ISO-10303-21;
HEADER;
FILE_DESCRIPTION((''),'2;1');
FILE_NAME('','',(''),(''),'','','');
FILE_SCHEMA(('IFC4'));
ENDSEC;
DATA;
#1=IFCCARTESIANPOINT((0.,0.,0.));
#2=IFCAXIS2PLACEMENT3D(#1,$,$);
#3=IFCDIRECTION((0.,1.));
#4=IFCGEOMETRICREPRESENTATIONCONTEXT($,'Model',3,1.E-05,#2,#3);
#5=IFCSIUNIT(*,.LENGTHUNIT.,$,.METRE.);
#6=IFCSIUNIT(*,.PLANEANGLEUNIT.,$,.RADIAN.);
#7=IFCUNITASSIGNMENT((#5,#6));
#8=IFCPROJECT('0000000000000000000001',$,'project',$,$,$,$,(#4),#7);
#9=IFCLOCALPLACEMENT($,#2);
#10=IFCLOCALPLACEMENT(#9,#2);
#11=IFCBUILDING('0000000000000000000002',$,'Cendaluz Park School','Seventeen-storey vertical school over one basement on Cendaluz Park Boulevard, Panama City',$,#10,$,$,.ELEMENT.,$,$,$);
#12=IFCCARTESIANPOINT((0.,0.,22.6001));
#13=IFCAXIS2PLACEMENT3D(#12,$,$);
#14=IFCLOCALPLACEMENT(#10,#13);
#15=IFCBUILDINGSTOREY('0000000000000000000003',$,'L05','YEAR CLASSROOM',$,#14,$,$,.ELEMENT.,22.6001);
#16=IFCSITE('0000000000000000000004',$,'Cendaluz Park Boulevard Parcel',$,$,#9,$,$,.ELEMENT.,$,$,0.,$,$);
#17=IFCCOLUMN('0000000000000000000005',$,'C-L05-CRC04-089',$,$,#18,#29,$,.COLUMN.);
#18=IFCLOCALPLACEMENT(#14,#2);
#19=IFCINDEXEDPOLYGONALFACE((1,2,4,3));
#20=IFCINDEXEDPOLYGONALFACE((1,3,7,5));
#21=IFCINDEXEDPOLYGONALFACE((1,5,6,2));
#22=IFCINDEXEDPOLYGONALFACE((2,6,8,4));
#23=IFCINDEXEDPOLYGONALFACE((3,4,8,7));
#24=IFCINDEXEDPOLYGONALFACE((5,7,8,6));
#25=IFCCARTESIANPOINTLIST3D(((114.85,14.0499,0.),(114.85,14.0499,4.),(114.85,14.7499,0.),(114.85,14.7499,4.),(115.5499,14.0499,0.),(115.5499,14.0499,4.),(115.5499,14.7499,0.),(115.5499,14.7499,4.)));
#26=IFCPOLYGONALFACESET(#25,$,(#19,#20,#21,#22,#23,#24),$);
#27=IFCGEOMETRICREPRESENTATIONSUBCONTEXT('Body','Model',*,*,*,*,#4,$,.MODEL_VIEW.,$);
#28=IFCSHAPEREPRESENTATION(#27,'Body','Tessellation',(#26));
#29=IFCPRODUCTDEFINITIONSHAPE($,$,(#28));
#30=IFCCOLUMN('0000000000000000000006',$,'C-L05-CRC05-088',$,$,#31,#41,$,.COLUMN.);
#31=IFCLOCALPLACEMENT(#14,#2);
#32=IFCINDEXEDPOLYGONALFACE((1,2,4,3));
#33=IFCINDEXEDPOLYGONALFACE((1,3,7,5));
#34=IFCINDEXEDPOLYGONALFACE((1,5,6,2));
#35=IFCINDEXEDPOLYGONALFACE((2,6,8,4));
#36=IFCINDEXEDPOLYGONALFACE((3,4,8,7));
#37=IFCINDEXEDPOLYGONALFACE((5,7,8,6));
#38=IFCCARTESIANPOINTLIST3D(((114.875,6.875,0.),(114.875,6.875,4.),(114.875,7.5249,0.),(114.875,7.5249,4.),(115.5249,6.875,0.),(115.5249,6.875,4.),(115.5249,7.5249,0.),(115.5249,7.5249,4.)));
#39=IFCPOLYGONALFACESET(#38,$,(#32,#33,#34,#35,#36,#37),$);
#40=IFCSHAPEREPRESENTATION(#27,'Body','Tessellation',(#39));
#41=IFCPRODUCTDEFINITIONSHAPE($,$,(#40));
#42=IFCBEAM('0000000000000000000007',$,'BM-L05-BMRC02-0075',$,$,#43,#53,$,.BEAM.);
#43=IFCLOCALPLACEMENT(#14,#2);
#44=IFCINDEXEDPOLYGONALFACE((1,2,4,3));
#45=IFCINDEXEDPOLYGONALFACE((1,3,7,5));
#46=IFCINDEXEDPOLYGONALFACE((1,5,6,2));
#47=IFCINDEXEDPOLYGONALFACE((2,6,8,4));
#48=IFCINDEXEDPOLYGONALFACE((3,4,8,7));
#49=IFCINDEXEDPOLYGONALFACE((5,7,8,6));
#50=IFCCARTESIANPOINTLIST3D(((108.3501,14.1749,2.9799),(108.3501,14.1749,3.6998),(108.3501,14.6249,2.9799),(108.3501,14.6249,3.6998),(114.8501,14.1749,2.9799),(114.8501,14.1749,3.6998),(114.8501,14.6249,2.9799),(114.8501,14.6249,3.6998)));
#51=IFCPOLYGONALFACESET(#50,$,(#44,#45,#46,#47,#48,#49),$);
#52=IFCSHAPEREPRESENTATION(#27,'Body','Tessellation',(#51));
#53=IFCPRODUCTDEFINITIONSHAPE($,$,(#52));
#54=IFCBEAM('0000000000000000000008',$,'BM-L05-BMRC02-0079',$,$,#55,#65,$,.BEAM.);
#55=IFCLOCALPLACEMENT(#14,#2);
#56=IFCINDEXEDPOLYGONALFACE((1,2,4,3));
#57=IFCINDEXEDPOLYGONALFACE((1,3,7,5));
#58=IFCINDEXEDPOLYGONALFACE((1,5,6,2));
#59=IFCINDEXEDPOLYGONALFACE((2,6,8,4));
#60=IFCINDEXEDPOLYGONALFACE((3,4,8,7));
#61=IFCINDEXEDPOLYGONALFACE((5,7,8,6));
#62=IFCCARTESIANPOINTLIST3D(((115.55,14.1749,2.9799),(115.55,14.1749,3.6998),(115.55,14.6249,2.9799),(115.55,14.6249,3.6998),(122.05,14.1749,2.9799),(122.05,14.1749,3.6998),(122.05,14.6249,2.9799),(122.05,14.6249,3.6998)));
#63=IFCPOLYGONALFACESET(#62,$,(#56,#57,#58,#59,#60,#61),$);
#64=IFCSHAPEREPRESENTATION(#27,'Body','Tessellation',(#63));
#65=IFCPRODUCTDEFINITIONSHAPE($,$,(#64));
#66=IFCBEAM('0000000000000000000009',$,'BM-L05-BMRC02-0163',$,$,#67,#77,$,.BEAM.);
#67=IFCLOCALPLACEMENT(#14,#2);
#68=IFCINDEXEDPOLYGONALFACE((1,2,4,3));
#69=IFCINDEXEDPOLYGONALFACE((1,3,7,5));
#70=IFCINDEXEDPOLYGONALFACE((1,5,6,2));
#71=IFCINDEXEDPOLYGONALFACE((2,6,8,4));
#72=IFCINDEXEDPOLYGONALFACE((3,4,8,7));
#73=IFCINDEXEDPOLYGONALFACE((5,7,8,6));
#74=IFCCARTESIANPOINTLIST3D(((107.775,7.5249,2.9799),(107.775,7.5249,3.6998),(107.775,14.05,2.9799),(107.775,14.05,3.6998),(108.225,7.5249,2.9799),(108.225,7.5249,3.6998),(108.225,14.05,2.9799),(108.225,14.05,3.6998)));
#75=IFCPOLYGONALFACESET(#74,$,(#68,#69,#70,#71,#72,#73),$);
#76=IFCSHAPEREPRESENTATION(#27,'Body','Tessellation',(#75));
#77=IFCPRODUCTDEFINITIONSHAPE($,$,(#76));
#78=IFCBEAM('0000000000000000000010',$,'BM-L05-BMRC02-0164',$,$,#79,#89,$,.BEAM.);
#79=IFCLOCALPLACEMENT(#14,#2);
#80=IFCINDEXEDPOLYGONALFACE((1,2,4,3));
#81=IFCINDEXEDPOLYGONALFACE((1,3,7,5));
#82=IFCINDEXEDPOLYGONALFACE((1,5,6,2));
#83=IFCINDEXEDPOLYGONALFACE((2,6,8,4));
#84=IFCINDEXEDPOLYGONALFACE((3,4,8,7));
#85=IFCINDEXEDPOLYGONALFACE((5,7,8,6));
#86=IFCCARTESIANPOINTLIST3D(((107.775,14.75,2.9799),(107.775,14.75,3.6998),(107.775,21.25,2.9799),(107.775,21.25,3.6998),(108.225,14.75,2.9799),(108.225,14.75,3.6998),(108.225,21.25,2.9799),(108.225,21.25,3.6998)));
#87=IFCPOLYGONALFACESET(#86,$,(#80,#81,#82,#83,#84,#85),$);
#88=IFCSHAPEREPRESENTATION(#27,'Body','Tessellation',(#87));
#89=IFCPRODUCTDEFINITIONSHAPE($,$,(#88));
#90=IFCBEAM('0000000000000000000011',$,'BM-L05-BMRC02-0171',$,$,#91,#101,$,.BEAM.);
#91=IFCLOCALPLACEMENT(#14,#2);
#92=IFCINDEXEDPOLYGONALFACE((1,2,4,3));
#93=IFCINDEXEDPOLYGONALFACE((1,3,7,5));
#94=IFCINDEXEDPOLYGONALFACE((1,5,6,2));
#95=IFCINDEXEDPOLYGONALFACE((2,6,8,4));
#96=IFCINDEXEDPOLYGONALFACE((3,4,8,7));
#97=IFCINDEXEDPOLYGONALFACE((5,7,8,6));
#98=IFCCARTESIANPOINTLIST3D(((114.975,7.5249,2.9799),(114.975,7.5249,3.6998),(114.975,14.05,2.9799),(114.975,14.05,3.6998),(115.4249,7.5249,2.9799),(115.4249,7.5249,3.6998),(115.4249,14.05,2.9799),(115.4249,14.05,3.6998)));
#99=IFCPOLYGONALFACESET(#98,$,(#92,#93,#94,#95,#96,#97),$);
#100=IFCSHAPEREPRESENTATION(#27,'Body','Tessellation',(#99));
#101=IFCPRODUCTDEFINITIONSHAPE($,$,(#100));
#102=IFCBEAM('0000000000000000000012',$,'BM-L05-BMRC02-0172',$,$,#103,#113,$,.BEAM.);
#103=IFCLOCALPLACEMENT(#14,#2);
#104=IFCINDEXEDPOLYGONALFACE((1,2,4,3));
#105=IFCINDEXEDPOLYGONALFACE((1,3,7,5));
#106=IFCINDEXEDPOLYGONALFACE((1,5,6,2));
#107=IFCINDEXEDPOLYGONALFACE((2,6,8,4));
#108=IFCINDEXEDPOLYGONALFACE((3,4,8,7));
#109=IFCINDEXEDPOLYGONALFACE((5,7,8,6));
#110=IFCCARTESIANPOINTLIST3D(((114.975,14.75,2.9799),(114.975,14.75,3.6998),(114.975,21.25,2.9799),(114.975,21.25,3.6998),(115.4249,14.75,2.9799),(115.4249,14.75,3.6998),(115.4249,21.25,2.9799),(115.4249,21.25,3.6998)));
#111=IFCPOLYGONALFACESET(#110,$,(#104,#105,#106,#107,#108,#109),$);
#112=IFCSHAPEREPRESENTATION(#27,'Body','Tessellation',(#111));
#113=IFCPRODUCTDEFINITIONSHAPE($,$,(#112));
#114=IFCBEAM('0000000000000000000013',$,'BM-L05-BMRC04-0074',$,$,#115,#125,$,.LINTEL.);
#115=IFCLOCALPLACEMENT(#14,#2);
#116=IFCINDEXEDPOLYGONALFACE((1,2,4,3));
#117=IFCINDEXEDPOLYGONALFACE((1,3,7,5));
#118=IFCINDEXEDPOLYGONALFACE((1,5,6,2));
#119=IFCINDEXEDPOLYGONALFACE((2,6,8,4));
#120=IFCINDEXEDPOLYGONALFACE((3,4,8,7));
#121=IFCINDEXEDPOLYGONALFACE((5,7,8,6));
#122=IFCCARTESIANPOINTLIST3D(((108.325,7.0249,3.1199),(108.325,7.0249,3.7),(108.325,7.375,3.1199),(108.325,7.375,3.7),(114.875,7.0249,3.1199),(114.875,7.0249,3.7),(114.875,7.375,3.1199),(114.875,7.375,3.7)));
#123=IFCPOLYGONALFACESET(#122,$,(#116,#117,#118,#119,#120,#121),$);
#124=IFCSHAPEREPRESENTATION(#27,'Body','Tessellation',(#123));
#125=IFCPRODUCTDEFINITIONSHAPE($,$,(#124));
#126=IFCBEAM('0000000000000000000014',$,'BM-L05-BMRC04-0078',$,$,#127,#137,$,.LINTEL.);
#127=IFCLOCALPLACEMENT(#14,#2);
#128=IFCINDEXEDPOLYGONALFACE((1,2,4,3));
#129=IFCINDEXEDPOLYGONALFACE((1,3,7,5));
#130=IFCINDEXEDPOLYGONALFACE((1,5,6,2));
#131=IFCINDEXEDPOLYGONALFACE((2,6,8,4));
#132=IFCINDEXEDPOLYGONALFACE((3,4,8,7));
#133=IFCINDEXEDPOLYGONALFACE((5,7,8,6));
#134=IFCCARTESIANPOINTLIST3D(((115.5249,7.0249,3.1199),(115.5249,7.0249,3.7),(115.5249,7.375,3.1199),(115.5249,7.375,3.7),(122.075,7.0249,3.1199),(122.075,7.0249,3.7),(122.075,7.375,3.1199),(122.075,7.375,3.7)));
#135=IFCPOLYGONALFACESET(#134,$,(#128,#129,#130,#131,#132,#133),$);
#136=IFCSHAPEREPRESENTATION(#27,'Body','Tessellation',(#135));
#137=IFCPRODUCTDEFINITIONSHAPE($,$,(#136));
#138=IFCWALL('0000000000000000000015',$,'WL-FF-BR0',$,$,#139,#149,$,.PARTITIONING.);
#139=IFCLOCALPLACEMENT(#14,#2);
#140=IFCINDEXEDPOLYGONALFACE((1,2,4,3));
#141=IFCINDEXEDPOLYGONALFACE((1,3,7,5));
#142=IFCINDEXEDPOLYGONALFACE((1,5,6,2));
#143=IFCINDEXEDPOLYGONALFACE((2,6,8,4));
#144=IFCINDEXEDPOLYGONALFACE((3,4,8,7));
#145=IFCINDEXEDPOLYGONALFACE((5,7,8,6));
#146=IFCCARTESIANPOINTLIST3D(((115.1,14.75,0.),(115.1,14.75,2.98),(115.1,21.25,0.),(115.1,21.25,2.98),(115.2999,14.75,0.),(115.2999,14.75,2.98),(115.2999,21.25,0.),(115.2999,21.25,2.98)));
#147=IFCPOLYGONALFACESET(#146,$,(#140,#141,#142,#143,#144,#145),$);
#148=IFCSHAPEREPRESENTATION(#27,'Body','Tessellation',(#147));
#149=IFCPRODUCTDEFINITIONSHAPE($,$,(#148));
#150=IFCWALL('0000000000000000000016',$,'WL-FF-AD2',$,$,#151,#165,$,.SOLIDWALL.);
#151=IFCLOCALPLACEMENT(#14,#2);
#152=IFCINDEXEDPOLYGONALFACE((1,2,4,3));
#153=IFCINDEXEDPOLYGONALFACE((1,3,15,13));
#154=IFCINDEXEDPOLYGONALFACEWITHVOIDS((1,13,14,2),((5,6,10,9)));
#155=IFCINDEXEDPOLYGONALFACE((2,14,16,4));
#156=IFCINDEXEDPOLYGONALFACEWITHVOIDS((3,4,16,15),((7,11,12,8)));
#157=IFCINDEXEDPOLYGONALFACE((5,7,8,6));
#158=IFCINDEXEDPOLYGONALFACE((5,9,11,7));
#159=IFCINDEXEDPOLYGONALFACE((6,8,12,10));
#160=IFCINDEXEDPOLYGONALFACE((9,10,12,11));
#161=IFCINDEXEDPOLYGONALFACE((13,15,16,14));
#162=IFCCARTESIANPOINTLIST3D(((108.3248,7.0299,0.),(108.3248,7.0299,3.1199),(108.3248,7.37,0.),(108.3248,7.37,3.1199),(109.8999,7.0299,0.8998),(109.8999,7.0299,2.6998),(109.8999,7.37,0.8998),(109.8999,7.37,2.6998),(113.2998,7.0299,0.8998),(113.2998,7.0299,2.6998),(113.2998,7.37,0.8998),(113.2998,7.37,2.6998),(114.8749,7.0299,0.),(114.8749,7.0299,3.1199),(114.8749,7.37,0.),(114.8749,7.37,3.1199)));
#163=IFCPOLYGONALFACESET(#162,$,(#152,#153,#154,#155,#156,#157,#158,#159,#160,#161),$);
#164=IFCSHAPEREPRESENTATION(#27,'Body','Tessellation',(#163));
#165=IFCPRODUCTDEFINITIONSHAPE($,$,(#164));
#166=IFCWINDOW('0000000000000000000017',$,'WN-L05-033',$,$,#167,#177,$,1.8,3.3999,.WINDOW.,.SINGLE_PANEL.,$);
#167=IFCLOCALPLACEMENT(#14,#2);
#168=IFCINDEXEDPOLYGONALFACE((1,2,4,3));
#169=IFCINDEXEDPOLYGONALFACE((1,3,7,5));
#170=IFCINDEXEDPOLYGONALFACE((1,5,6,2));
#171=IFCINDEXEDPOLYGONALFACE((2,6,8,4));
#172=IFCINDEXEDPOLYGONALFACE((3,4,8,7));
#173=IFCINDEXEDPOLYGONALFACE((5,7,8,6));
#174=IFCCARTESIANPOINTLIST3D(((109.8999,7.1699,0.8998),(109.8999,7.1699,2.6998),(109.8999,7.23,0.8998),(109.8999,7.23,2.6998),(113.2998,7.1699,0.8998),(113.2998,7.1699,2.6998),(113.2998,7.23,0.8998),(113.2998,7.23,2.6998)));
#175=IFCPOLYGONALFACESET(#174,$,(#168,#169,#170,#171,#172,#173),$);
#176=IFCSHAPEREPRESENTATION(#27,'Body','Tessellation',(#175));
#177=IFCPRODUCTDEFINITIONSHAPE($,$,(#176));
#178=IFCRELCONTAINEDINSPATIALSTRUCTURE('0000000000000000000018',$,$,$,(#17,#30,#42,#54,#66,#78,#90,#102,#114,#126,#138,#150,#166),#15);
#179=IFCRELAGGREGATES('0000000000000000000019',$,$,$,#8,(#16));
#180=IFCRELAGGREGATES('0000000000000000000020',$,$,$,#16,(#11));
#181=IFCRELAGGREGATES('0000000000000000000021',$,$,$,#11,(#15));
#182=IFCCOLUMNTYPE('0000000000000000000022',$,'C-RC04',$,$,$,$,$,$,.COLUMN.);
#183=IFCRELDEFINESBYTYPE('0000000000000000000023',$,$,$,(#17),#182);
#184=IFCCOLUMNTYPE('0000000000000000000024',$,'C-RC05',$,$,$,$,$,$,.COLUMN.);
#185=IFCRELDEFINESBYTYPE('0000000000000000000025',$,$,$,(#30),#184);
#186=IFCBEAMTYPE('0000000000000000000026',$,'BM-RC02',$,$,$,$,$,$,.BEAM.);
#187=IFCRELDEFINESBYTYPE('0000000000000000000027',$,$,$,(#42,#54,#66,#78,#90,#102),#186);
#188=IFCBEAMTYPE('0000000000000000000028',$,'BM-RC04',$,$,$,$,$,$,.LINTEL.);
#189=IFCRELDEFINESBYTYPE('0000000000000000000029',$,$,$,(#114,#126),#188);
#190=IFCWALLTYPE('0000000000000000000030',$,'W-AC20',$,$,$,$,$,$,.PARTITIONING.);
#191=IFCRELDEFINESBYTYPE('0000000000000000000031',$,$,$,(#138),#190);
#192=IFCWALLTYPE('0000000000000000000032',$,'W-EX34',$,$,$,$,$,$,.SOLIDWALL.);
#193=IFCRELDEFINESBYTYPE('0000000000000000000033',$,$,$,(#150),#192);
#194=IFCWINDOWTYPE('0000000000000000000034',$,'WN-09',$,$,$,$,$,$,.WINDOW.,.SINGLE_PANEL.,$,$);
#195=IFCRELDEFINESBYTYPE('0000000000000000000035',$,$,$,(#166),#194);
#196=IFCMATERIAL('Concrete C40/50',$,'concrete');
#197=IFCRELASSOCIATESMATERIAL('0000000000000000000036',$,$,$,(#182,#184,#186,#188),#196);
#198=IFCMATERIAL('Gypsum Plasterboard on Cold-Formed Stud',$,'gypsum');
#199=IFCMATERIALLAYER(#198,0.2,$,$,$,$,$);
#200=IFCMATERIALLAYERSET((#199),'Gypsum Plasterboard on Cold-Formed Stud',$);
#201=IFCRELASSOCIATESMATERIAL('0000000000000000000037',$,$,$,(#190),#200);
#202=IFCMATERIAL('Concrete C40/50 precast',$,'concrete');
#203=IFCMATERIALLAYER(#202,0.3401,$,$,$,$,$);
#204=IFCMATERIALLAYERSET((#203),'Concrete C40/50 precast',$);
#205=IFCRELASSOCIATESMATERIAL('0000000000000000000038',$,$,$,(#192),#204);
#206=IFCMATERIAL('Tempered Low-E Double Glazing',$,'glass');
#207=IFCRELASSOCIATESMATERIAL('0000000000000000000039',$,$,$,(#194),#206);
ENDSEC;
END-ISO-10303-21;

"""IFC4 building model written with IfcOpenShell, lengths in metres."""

from ifc_helpers import new_model, si_unit, direction, frame, frame_2d, origin, origin_2d, place, context, subcontext, project, spatial, rectangle, extrude, material, layer, layer_set, material_profile, profile_set, type_object, element, fill, save


model = new_model("IFC4")

# Units and contexts
model_context = context("Model", 3, precision=1e-05, world=origin(), true_north=direction((0.0, 1.0)))
body_context = subcontext(model_context, "Body", "Model", "MODEL_VIEW")
ifc_project = project(units=[si_unit("LENGTHUNIT", "METRE"), si_unit("PLANEANGLEUNIT", "RADIAN")], contexts=[model_context])

# Site, building, storey
site_placement = place(None, origin())
site = spatial("IfcSite", under=ifc_project, at=site_placement, Name="Cendaluz Park Boulevard Parcel", CompositionType="ELEMENT", RefElevation=0.0)
building_placement = place(site_placement, origin())
building = spatial("IfcBuilding", under=site, at=building_placement, Name="Cendaluz Park School", Description="Seventeen-storey vertical school over one basement on Cendaluz Park Boulevard, Panama City", CompositionType="ELEMENT")
storey_placement = place(building_placement, frame((0.0, 0.0, 22.6001)))
storey = spatial("IfcBuildingStorey", under=building, at=storey_placement, Name="L05", Description="YEAR CLASSROOM", CompositionType="ELEMENT", Elevation=22.6001)

# Columns
ifc_material_1 = material(Name="Concrete C40/50", Category="concrete")
ifc_material_profile_1 = material_profile(ifc_material_1, rectangle(XDim=0.7, YDim=0.7, at=origin_2d()), Name="RC 700x700", Category="concrete")
ifc_profile_set_1 = profile_set([ifc_material_profile_1], Name="Concrete C40/50")
column_type_1 = type_object("IfcColumnType", Name="C-RC04", PredefinedType="COLUMN", material=ifc_profile_set_1)
column_1_placement = place(storey_placement, frame((115.2, 14.3999, 0.0), z_axis=(0.0, 0.0, 1.0), x_axis=(1.0, 0.0, 0.0)))
element("IfcColumn", 1, at=column_1_placement, inside=storey, type_object=column_type_1, Name="C-L05-CRC04-089", PredefinedType="COLUMN", context=body_context, shape_type="SweptSolid", body=[
    extrude(rectangle(XDim=0.7, YDim=0.7, at=origin_2d()), origin(), (0.0, 0.0, 1.0), 4.0),
])
ifc_material_profile_2 = material_profile(ifc_material_1, rectangle(XDim=0.6499, YDim=0.6499, at=origin_2d()), Name="RC 650x650", Category="concrete")
ifc_profile_set_2 = profile_set([ifc_material_profile_2], Name="Concrete C40/50")
column_type_2 = type_object("IfcColumnType", Name="C-RC05", PredefinedType="COLUMN", material=ifc_profile_set_2)
column_2_placement = place(storey_placement, frame((115.2, 7.2, 0.0), z_axis=(0.0, 0.0, 1.0), x_axis=(1.0, 0.0, 0.0)))
element("IfcColumn", 2, at=column_2_placement, inside=storey, type_object=column_type_2, Name="C-L05-CRC05-088", PredefinedType="COLUMN", context=body_context, shape_type="SweptSolid", body=[
    extrude(rectangle(XDim=0.6499, YDim=0.6499, at=origin_2d()), origin(), (0.0, 0.0, 1.0), 4.0),
])

# Beams
ifc_material_profile_3 = material_profile(ifc_material_1, rectangle(XDim=0.45, YDim=0.72, at=origin_2d()), Name="RC 450x720", Category="concrete")
ifc_profile_set_3 = profile_set([ifc_material_profile_3], Name="Concrete C40/50")
beam_type_1 = type_object("IfcBeamType", Name="BM-RC02", PredefinedType="BEAM", material=ifc_profile_set_3)
for number, where, z_axis, x_axis, name in (
    (3, (108.3501, 14.3999, 3.3398), (1.0, 0.0, 0.0), (0.0, 1.0, 0.0), "BM-L05-BMRC02-0075"),
    (4, (115.55, 14.3999, 3.3398), (1.0, 0.0, 0.0), (0.0, 1.0, 0.0), "BM-L05-BMRC02-0079"),
):
    element("IfcBeam", number, at=place(storey_placement, frame(where, z_axis=z_axis, x_axis=x_axis)), inside=storey, type_object=beam_type_1, Name=name, PredefinedType="BEAM", context=body_context, shape_type="SweptSolid", body=[
        extrude(rectangle(XDim=0.45, YDim=0.72, at=origin_2d()), origin(), (0.0, 0.0, 1.0), 6.5),
    ])
beam_1_placement = place(storey_placement, frame((108.0, 7.5249, 3.3398), z_axis=(0.0, 1.0, 0.0), x_axis=(-1.0, 0.0, 0.0)))
element("IfcBeam", 5, at=beam_1_placement, inside=storey, type_object=beam_type_1, Name="BM-L05-BMRC02-0163", PredefinedType="BEAM", context=body_context, shape_type="SweptSolid", body=[
    extrude(rectangle(XDim=0.45, YDim=0.72, at=origin_2d()), origin(), (0.0, 0.0, 1.0), 6.5251),
])
beam_2_placement = place(storey_placement, frame((108.0, 14.75, 3.3398), z_axis=(0.0, 1.0, 0.0), x_axis=(-1.0, 0.0, 0.0)))
element("IfcBeam", 6, at=beam_2_placement, inside=storey, type_object=beam_type_1, Name="BM-L05-BMRC02-0164", PredefinedType="BEAM", context=body_context, shape_type="SweptSolid", body=[
    extrude(rectangle(XDim=0.45, YDim=0.72, at=origin_2d()), origin(), (0.0, 0.0, 1.0), 6.5),
])
beam_3_placement = place(storey_placement, frame((115.2, 7.5249, 3.3398), z_axis=(0.0, 1.0, 0.0), x_axis=(-1.0, 0.0, 0.0)))
element("IfcBeam", 7, at=beam_3_placement, inside=storey, type_object=beam_type_1, Name="BM-L05-BMRC02-0171", PredefinedType="BEAM", context=body_context, shape_type="SweptSolid", body=[
    extrude(rectangle(XDim=0.45, YDim=0.72, at=origin_2d()), origin(), (0.0, 0.0, 1.0), 6.5251),
])
beam_4_placement = place(storey_placement, frame((115.2, 14.75, 3.3398), z_axis=(0.0, 1.0, 0.0), x_axis=(-1.0, 0.0, 0.0)))
element("IfcBeam", 8, at=beam_4_placement, inside=storey, type_object=beam_type_1, Name="BM-L05-BMRC02-0172", PredefinedType="BEAM", context=body_context, shape_type="SweptSolid", body=[
    extrude(rectangle(XDim=0.45, YDim=0.72, at=origin_2d()), origin(), (0.0, 0.0, 1.0), 6.5),
])
ifc_material_profile_4 = material_profile(ifc_material_1, rectangle(XDim=0.3501, YDim=0.5801, at=origin_2d()), Name="RC 350x580", Category="concrete")
ifc_profile_set_4 = profile_set([ifc_material_profile_4], Name="Concrete C40/50")
beam_type_2 = type_object("IfcBeamType", Name="BM-RC04", PredefinedType="LINTEL", material=ifc_profile_set_4)
for number, where, z_axis, x_axis, name in (
    (9, (108.325, 7.2, 3.4099), (1.0, 0.0, 0.0), (0.0, 1.0, 0.0), "BM-L05-BMRC04-0074"),
    (10, (115.5249, 7.2, 3.4099), (1.0, 0.0, 0.0), (0.0, 1.0, 0.0), "BM-L05-BMRC04-0078"),
):
    element("IfcBeam", number, at=place(storey_placement, frame(where, z_axis=z_axis, x_axis=x_axis)), inside=storey, type_object=beam_type_2, Name=name, PredefinedType="LINTEL", context=body_context, shape_type="SweptSolid", body=[
        extrude(rectangle(XDim=0.3501, YDim=0.5801, at=origin_2d()), origin(), (0.0, 0.0, 1.0), 6.55),
    ])

# Shared definitions
ifc_material_2 = material(Name="Gypsum Plasterboard on Cold-Formed Stud", Category="gypsum")
ifc_layer_1 = layer(ifc_material_2, 0.2)
ifc_layer_set_1 = layer_set([ifc_layer_1], Name="Gypsum Plasterboard on Cold-Formed Stud")
wall_type_1 = type_object("IfcWallType", Name="W-AC20", PredefinedType="PARTITIONING", material=ifc_layer_set_1)

# Wall
wall_1_placement = place(storey_placement, frame((115.2, 14.75, 0.0), z_axis=(0.0, 0.0, 1.0), x_axis=(0.0, 1.0, 0.0)))
element("IfcWall", 11, at=wall_1_placement, inside=storey, type_object=wall_type_1, Name="WL-FF-BR0", PredefinedType="PARTITIONING", context=body_context, shape_type="SweptSolid", body=[
    extrude(rectangle(XDim=6.5, YDim=0.2, at=frame_2d((3.25, 0.0))), origin(), (0.0, 0.0, 1.0), 2.98),
])

# Wall, opening, window
ifc_material_3 = material(Name="Concrete C40/50 precast", Category="concrete")
ifc_layer_2 = layer(ifc_material_3, 0.3401)
ifc_layer_set_2 = layer_set([ifc_layer_2], Name="Concrete C40/50 precast")
wall_type_2 = type_object("IfcWallType", Name="W-EX34", PredefinedType="SOLIDWALL", material=ifc_layer_set_2)
wall_2_placement = place(storey_placement, frame((108.325, 7.2, 0.0), z_axis=(0.0, 0.0, 1.0), x_axis=(1.0, 0.0, 0.0)))
wall_2 = element("IfcWall", 12, at=wall_2_placement, inside=storey, type_object=wall_type_2, Name="WL-FF-AD2", PredefinedType="SOLIDWALL", context=body_context, shape_type="SweptSolid", body=[
    extrude(rectangle(XDim=6.55, YDim=0.3401, at=frame_2d((3.2749, 0.0))), origin(), (0.0, 0.0, 1.0), 3.1199),
])
opening_1_placement = place(wall_2_placement, frame((1.575, 0.0, 0.8999)))
opening_1 = element("IfcOpeningElement", 13, at=opening_1_placement, cuts=wall_2, PredefinedType="OPENING", context=body_context, shape_type="SweptSolid", body=[
    extrude(rectangle(XDim=3.3999, YDim=1.8, at=frame_2d((1.7, 0.8999))), frame((0.0, 0.1821, 0.0), z_axis=(0.0, -1.0, 0.0), x_axis=(1.0, 0.0, 0.0)), (0.0, 0.0, 1.0), 0.364),
])
ifc_material_4 = material(Name="Tempered Low-E Double Glazing", Category="glass")
window_type_1 = type_object("IfcWindowType", Name="WN-09", PartitioningType="SINGLE_PANEL", PredefinedType="WINDOW", material=ifc_material_4)
window_1_placement = place(opening_1_placement, origin())
window_1 = element("IfcWindow", 14, at=window_1_placement, inside=storey, type_object=window_type_1, Name="WN-L05-033", OverallHeight=1.8, OverallWidth=3.3999, PartitioningType="SINGLE_PANEL", PredefinedType="WINDOW", context=body_context, shape_type="SweptSolid", body=[
    extrude(rectangle(XDim=3.3999, YDim=1.8, at=frame_2d((1.7, 0.8999))), frame((0.0, 0.03, 0.0), z_axis=(0.0, -1.0, 0.0), x_axis=(1.0, 0.0, 0.0)), (0.0, 0.0, 1.0), 0.0601),
])
fill(opening_1, window_1)

save(model, "model.ifc")
